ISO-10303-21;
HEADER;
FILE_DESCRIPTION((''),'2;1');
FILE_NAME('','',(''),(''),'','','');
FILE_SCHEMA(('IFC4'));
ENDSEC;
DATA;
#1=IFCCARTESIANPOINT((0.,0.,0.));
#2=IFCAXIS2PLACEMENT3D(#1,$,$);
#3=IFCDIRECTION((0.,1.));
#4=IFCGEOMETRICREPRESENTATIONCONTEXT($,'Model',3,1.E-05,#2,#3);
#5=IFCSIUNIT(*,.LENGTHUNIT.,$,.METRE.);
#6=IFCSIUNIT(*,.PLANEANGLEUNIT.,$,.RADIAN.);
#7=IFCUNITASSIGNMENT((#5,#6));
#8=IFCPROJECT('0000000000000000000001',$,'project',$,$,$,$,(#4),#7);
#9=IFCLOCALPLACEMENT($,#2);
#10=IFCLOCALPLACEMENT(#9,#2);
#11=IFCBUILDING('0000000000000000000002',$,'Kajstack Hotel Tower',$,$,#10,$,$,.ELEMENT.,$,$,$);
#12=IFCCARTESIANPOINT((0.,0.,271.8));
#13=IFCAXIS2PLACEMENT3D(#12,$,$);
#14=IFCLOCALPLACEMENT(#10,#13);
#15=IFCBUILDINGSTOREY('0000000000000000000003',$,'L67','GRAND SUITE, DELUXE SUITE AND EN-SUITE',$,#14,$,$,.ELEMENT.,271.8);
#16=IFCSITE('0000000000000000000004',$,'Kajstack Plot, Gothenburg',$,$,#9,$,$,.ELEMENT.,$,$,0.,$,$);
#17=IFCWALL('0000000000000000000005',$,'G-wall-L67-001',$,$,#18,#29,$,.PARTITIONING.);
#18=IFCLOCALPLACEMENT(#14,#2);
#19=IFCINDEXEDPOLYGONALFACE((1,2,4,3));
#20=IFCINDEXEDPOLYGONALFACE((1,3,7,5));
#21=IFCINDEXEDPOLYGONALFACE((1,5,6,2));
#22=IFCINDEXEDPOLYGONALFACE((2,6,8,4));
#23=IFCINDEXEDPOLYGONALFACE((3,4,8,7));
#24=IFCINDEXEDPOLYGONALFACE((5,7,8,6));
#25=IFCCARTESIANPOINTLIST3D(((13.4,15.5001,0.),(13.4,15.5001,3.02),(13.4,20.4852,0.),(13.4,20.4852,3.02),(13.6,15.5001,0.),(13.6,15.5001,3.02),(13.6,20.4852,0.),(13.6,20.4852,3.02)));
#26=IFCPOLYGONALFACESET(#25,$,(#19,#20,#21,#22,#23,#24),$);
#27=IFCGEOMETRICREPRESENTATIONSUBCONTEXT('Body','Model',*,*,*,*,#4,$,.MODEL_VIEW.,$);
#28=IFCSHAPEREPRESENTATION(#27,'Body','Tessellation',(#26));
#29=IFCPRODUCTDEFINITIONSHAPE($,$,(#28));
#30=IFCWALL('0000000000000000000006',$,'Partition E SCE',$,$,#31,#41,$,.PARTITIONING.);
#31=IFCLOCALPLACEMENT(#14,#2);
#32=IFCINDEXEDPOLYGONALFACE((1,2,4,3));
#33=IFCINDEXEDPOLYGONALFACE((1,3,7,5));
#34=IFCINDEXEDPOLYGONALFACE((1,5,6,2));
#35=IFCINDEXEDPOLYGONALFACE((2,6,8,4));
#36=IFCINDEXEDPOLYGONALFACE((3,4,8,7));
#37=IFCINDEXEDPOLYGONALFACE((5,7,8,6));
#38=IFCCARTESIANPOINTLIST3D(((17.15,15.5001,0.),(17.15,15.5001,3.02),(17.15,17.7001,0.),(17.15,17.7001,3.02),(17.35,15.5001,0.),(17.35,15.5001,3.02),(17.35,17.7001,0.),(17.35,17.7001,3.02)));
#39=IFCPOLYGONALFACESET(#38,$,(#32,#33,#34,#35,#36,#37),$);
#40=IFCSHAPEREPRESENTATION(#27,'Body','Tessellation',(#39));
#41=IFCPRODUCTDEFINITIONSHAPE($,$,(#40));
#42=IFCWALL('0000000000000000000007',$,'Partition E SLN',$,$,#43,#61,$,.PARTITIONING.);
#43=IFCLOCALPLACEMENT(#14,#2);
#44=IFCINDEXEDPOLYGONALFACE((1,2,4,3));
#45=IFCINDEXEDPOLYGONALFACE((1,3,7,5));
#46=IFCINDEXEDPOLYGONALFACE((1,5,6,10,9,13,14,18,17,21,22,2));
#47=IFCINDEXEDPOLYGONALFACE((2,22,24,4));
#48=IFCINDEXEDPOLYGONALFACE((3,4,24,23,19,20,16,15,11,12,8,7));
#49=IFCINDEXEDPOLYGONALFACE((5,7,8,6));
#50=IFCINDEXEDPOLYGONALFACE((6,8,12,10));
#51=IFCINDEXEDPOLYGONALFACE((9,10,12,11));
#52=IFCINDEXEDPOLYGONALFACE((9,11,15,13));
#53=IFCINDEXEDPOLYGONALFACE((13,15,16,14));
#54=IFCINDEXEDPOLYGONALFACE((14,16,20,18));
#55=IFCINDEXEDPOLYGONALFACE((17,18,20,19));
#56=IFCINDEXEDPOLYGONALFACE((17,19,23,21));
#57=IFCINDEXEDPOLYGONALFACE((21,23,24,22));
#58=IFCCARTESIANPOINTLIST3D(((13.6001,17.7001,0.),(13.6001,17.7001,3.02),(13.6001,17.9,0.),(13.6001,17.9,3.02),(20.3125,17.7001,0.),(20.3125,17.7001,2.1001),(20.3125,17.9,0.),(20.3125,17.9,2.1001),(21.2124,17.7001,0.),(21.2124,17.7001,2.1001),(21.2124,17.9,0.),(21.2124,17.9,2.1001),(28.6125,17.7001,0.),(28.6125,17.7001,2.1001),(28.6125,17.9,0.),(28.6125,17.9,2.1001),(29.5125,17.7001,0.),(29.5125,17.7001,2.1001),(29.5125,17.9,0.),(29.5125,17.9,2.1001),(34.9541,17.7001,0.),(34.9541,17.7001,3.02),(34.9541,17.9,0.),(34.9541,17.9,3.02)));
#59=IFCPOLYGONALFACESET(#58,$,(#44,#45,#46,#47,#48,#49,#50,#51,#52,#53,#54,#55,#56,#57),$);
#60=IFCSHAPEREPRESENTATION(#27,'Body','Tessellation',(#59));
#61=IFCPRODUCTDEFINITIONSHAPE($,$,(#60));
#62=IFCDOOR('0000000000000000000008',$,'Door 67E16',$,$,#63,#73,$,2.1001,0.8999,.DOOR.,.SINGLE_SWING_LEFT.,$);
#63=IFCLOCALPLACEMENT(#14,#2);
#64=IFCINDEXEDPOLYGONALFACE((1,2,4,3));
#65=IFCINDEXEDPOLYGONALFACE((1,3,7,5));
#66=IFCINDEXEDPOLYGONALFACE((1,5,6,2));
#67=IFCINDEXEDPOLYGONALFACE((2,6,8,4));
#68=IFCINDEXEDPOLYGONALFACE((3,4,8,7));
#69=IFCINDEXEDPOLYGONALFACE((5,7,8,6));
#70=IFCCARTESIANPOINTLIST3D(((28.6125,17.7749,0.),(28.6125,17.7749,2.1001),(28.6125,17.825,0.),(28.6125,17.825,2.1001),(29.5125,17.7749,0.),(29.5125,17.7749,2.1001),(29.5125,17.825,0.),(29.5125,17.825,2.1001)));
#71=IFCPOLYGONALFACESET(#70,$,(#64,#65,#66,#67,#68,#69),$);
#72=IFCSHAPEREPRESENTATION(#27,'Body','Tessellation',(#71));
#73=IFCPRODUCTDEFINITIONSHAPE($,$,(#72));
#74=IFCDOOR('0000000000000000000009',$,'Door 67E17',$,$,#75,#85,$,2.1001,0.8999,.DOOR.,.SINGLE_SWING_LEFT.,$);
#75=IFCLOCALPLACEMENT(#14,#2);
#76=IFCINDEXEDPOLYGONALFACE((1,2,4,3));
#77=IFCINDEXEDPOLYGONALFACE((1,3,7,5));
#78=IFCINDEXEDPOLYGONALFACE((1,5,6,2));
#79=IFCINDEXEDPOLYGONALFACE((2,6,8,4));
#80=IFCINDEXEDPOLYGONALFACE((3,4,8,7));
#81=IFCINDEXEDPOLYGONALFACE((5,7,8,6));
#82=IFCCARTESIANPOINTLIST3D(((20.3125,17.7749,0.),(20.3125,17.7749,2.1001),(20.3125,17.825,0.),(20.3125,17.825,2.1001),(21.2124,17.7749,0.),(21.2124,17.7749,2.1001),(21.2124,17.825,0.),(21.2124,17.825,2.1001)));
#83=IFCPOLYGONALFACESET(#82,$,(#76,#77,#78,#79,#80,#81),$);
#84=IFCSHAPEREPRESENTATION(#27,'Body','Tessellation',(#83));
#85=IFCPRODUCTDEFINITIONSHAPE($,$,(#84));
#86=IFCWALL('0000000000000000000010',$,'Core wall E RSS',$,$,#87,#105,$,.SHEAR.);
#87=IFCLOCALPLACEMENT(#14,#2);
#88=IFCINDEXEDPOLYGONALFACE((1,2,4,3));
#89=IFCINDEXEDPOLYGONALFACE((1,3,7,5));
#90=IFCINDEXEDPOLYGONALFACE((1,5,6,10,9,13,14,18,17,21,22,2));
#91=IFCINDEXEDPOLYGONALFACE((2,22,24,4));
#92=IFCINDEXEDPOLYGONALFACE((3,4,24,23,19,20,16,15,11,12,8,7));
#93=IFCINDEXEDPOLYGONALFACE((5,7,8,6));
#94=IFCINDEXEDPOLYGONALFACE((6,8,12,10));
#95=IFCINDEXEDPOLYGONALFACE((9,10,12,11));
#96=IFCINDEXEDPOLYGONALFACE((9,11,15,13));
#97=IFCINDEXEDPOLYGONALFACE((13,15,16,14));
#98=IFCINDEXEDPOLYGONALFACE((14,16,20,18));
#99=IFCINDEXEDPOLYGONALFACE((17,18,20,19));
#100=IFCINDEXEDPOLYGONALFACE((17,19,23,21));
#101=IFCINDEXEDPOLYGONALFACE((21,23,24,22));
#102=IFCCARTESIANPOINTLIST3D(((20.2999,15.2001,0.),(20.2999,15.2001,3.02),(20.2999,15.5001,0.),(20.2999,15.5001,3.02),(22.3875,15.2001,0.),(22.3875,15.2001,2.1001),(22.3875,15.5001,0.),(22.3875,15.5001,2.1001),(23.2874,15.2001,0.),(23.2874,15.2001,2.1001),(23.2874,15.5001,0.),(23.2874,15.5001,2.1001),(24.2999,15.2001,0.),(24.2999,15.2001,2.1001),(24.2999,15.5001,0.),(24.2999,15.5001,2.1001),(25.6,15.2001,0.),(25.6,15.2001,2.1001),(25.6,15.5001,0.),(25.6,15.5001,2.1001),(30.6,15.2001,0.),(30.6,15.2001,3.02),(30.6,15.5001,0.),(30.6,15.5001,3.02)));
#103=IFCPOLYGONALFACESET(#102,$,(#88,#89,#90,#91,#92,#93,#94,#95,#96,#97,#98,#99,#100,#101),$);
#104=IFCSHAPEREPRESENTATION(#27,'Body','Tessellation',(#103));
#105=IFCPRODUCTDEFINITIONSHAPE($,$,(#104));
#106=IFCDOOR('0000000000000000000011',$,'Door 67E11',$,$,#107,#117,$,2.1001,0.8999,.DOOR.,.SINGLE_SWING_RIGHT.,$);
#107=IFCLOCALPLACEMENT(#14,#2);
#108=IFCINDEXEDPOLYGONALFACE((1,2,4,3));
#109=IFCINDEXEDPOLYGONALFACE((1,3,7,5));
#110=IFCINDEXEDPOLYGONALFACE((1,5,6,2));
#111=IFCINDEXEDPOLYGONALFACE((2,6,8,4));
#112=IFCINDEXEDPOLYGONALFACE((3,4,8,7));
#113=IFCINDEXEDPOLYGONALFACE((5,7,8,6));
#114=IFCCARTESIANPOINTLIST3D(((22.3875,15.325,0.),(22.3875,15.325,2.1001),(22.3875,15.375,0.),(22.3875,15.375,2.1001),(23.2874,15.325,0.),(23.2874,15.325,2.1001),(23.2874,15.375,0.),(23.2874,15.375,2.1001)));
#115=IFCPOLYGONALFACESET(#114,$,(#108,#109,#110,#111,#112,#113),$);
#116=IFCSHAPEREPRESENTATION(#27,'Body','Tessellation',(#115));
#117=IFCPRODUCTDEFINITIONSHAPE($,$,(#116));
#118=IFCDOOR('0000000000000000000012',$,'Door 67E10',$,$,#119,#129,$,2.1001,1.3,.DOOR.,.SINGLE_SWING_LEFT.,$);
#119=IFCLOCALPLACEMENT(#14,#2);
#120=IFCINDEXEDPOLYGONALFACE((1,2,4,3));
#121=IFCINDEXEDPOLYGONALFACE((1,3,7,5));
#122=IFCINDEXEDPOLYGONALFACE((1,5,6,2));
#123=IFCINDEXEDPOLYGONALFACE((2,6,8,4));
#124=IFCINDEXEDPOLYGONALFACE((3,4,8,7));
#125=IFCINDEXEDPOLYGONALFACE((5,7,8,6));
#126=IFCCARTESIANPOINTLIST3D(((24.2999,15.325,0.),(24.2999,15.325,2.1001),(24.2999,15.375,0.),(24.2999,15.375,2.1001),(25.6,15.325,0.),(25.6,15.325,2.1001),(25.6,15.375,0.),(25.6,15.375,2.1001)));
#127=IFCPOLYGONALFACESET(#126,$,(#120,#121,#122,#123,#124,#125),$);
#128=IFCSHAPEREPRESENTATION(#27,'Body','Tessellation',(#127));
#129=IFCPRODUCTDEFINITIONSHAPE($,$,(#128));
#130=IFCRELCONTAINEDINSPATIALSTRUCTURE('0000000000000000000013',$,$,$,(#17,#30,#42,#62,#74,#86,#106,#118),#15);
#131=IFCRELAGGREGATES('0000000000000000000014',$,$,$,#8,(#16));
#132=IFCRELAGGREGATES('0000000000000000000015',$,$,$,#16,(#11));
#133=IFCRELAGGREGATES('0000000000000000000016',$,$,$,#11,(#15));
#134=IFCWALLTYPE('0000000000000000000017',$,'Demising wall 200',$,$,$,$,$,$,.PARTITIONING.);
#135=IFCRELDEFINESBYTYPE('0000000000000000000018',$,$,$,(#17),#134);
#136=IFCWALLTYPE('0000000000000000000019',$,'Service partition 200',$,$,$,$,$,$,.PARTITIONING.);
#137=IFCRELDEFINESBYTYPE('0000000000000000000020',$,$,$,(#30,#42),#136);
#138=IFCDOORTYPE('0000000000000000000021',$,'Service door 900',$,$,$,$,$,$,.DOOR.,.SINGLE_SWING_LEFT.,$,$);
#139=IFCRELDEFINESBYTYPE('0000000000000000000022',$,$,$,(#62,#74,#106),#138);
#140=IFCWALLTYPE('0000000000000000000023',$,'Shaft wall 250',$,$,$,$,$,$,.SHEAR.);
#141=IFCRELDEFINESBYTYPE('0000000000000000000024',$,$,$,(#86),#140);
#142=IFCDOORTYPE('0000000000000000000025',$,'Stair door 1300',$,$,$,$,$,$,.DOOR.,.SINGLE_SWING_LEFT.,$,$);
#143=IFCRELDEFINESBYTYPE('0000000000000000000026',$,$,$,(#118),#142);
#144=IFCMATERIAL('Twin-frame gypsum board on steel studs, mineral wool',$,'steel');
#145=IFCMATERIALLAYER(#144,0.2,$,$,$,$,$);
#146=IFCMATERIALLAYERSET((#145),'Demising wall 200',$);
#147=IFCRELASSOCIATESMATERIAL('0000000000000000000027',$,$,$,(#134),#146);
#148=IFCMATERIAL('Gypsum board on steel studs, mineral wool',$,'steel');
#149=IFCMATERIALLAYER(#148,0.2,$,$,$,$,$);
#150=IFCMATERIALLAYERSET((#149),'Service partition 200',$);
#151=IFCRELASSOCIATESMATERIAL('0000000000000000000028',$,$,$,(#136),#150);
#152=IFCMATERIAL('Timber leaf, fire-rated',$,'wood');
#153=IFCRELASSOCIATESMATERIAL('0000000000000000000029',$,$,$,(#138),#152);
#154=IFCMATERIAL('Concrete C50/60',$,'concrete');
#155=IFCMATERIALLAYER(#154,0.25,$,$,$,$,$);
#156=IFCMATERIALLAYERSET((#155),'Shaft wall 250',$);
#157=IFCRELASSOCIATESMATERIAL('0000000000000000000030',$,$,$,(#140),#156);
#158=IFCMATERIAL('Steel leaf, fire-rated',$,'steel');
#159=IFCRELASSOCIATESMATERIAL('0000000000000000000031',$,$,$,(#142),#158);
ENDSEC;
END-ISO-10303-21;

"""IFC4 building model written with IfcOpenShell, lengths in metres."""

from ifc_helpers import new_model, si_unit, direction, frame, frame_2d, origin, place, context, subcontext, project, spatial, rectangle, extrude, material, layer, layer_set, type_object, element, fill, save


model = new_model("IFC4")

# Units and contexts
model_context = context("Model", 3, precision=1e-05, world=origin(), true_north=direction((0.0, 1.0)))
body_context = subcontext(model_context, "Body", "Model", "MODEL_VIEW")
ifc_project = project(units=[si_unit("LENGTHUNIT", "METRE"), si_unit("PLANEANGLEUNIT", "RADIAN")], contexts=[model_context])

# Site, building, storey
site_placement = place(None, origin())
site = spatial("IfcSite", under=ifc_project, at=site_placement, Name="Kajstack Plot, Gothenburg", CompositionType="ELEMENT", RefElevation=0.0)
building_placement = place(site_placement, origin())
building = spatial("IfcBuilding", under=site, at=building_placement, Name="Kajstack Hotel Tower", CompositionType="ELEMENT")
storey_placement = place(building_placement, frame((0.0, 0.0, 271.8)))
storey = spatial("IfcBuildingStorey", under=building, at=storey_placement, Name="L67", Description="GRAND SUITE, DELUXE SUITE AND EN-SUITE", CompositionType="ELEMENT", Elevation=271.8)

# Wall
ifc_material_1 = material(Name="Twin-frame gypsum board on steel studs, mineral wool", Category="steel")
ifc_layer_1 = layer(ifc_material_1, 0.2)
ifc_layer_set_1 = layer_set([ifc_layer_1], Name="Demising wall 200")
wall_type_1 = type_object("IfcWallType", Name="Demising wall 200", PredefinedType="PARTITIONING", material=ifc_layer_set_1)
wall_1_placement = place(storey_placement, frame((13.5, 15.5, 0.0), z_axis=(0.0, 0.0, 1.0), x_axis=(0.0, 1.0, 0.0)))
element("IfcWall", 1, at=wall_1_placement, inside=storey, type_object=wall_type_1, Name="G-wall-L67-001", PredefinedType="PARTITIONING", context=body_context, shape_type="SweptSolid", body=[
    extrude(rectangle(XDim=4.9851, YDim=0.2, at=frame_2d((2.4927, 0.0))), origin(), (0.0, 0.0, 1.0), 3.02),
])

# Wall
ifc_material_2 = material(Name="Gypsum board on steel studs, mineral wool", Category="steel")
ifc_layer_2 = layer(ifc_material_2, 0.2)
ifc_layer_set_2 = layer_set([ifc_layer_2], Name="Service partition 200")
wall_type_2 = type_object("IfcWallType", Name="Service partition 200", PredefinedType="PARTITIONING", material=ifc_layer_set_2)
wall_2_placement = place(storey_placement, frame((17.25, 15.5, 0.0), z_axis=(0.0, 0.0, 1.0), x_axis=(0.0, 1.0, 0.0)))
element("IfcWall", 2, at=wall_2_placement, inside=storey, type_object=wall_type_2, Name="Partition E SCE", PredefinedType="PARTITIONING", context=body_context, shape_type="SweptSolid", body=[
    extrude(rectangle(XDim=2.2, YDim=0.2, at=frame_2d((1.1001, 0.0))), origin(), (0.0, 0.0, 1.0), 3.02),
])

# Walls, openings, doors
wall_3_placement = place(storey_placement, frame((13.6001, 17.8, 0.0), z_axis=(0.0, 0.0, 1.0), x_axis=(1.0, 0.0, 0.0)))
wall_3 = element("IfcWall", 3, at=wall_3_placement, inside=storey, type_object=wall_type_2, Name="Partition E SLN", PredefinedType="PARTITIONING", context=body_context, shape_type="SweptSolid", body=[
    extrude(rectangle(XDim=21.354, YDim=0.2, at=frame_2d((10.677, 0.0))), origin(), (0.0, 0.0, 1.0), 3.02),
])
opening_1_placement = place(wall_3_placement, frame((15.0125, 0.0, 0.0)))
opening_1 = element("IfcOpeningElement", 4, at=opening_1_placement, cuts=wall_3, PredefinedType="OPENING", context=body_context, shape_type="SweptSolid", body=[
    extrude(rectangle(XDim=0.8999, YDim=2.1001, at=frame_2d((0.45, 1.05))), frame((0.0, 0.1099, 0.0), z_axis=(0.0, -1.0, 0.0), x_axis=(1.0, 0.0, 0.0)), (0.0, 0.0, 1.0), 0.22),
])
opening_2_placement = place(wall_3_placement, frame((6.7124, 0.0, 0.0)))
opening_2 = element("IfcOpeningElement", 5, at=opening_2_placement, cuts=wall_3, PredefinedType="OPENING", context=body_context, shape_type="SweptSolid", body=[
    extrude(rectangle(XDim=0.8999, YDim=2.1001, at=frame_2d((0.45, 1.05))), frame((0.0, 0.1099, 0.0), z_axis=(0.0, -1.0, 0.0), x_axis=(1.0, 0.0, 0.0)), (0.0, 0.0, 1.0), 0.22),
])
ifc_material_3 = material(Name="Timber leaf, fire-rated", Category="wood")
door_type_1 = type_object("IfcDoorType", Name="Service door 900", OperationType="SINGLE_SWING_LEFT", PredefinedType="DOOR", material=ifc_material_3)
door_1_placement = place(opening_1_placement, origin())
door_1 = element("IfcDoor", 6, at=door_1_placement, inside=storey, type_object=door_type_1, Name="Door 67E16", OperationType="SINGLE_SWING_LEFT", OverallHeight=2.1001, OverallWidth=0.8999, PredefinedType="DOOR", context=body_context, shape_type="SweptSolid", body=[
    extrude(rectangle(XDim=0.8999, YDim=2.1001, at=frame_2d((0.45, 1.05))), frame((0.0, 0.0249, 0.0), z_axis=(0.0, -1.0, 0.0), x_axis=(1.0, 0.0, 0.0)), (0.0, 0.0, 1.0), 0.05),
])
fill(opening_1, door_1)
door_2_placement = place(opening_2_placement, origin())
door_2 = element("IfcDoor", 7, at=door_2_placement, inside=storey, type_object=door_type_1, Name="Door 67E17", OperationType="SINGLE_SWING_LEFT", OverallHeight=2.1001, OverallWidth=0.8999, PredefinedType="DOOR", context=body_context, shape_type="SweptSolid", body=[
    extrude(rectangle(XDim=0.8999, YDim=2.1001, at=frame_2d((0.45, 1.05))), frame((0.0, 0.0249, 0.0), z_axis=(0.0, -1.0, 0.0), x_axis=(1.0, 0.0, 0.0)), (0.0, 0.0, 1.0), 0.05),
])
fill(opening_2, door_2)
ifc_material_4 = material(Name="Concrete C50/60", Category="concrete")
ifc_layer_3 = layer(ifc_material_4, 0.25)
ifc_layer_set_3 = layer_set([ifc_layer_3], Name="Shaft wall 250")
wall_type_3 = type_object("IfcWallType", Name="Shaft wall 250", PredefinedType="SHEAR", material=ifc_layer_set_3)
wall_4_placement = place(storey_placement, frame((20.3, 15.3501, 0.0), z_axis=(0.0, 0.0, 1.0), x_axis=(1.0, 0.0, 0.0)))
wall_4 = element("IfcWall", 8, at=wall_4_placement, inside=storey, type_object=wall_type_3, Name="Core wall E RSS", PredefinedType="SHEAR", context=body_context, shape_type="SweptSolid", body=[
    extrude(rectangle(XDim=10.3, YDim=0.3, at=frame_2d((5.1499, 0.0))), origin(), (0.0, 0.0, 1.0), 3.02),
])
opening_3_placement = place(wall_4_placement, frame((4.0, 0.0, 0.0)))
opening_3 = element("IfcOpeningElement", 9, at=opening_3_placement, cuts=wall_4, PredefinedType="OPENING", context=body_context, shape_type="SweptSolid", body=[
    extrude(rectangle(XDim=1.3, YDim=2.1001, at=frame_2d((0.6499, 1.05))), frame((0.0, 0.1599, 0.0), z_axis=(0.0, -1.0, 0.0), x_axis=(1.0, 0.0, 0.0)), (0.0, 0.0, 1.0), 0.3201),
])
opening_4_placement = place(wall_4_placement, frame((2.0874, 0.0, 0.0)))
opening_4 = element("IfcOpeningElement", 10, at=opening_4_placement, cuts=wall_4, PredefinedType="OPENING", context=body_context, shape_type="SweptSolid", body=[
    extrude(rectangle(XDim=0.8999, YDim=2.1001, at=frame_2d((0.45, 1.05))), frame((0.0, 0.1599, 0.0), z_axis=(0.0, -1.0, 0.0), x_axis=(1.0, 0.0, 0.0)), (0.0, 0.0, 1.0), 0.3201),
])
door_3_placement = place(opening_4_placement, origin())
door_3 = element("IfcDoor", 11, at=door_3_placement, inside=storey, type_object=door_type_1, Name="Door 67E11", OperationType="SINGLE_SWING_RIGHT", OverallHeight=2.1001, OverallWidth=0.8999, PredefinedType="DOOR", context=body_context, shape_type="SweptSolid", body=[
    extrude(rectangle(XDim=0.8999, YDim=2.1001, at=frame_2d((0.45, 1.05))), frame((0.0, 0.0249, 0.0), z_axis=(0.0, -1.0, 0.0), x_axis=(1.0, 0.0, 0.0)), (0.0, 0.0, 1.0), 0.05),
])
fill(opening_4, door_3)
ifc_material_5 = material(Name="Steel leaf, fire-rated", Category="steel")
door_type_2 = type_object("IfcDoorType", Name="Stair door 1300", OperationType="SINGLE_SWING_LEFT", PredefinedType="DOOR", material=ifc_material_5)
door_4_placement = place(opening_3_placement, origin())
door_4 = element("IfcDoor", 12, at=door_4_placement, inside=storey, type_object=door_type_2, Name="Door 67E10", OperationType="SINGLE_SWING_LEFT", OverallHeight=2.1001, OverallWidth=1.3, PredefinedType="DOOR", context=body_context, shape_type="SweptSolid", body=[
    extrude(rectangle(XDim=1.3, YDim=2.1001, at=frame_2d((0.6499, 1.05))), frame((0.0, 0.0249, 0.0), z_axis=(0.0, -1.0, 0.0), x_axis=(1.0, 0.0, 0.0)), (0.0, 0.0, 1.0), 0.05),
])
fill(opening_3, door_4)

save(model, "model.ifc")
